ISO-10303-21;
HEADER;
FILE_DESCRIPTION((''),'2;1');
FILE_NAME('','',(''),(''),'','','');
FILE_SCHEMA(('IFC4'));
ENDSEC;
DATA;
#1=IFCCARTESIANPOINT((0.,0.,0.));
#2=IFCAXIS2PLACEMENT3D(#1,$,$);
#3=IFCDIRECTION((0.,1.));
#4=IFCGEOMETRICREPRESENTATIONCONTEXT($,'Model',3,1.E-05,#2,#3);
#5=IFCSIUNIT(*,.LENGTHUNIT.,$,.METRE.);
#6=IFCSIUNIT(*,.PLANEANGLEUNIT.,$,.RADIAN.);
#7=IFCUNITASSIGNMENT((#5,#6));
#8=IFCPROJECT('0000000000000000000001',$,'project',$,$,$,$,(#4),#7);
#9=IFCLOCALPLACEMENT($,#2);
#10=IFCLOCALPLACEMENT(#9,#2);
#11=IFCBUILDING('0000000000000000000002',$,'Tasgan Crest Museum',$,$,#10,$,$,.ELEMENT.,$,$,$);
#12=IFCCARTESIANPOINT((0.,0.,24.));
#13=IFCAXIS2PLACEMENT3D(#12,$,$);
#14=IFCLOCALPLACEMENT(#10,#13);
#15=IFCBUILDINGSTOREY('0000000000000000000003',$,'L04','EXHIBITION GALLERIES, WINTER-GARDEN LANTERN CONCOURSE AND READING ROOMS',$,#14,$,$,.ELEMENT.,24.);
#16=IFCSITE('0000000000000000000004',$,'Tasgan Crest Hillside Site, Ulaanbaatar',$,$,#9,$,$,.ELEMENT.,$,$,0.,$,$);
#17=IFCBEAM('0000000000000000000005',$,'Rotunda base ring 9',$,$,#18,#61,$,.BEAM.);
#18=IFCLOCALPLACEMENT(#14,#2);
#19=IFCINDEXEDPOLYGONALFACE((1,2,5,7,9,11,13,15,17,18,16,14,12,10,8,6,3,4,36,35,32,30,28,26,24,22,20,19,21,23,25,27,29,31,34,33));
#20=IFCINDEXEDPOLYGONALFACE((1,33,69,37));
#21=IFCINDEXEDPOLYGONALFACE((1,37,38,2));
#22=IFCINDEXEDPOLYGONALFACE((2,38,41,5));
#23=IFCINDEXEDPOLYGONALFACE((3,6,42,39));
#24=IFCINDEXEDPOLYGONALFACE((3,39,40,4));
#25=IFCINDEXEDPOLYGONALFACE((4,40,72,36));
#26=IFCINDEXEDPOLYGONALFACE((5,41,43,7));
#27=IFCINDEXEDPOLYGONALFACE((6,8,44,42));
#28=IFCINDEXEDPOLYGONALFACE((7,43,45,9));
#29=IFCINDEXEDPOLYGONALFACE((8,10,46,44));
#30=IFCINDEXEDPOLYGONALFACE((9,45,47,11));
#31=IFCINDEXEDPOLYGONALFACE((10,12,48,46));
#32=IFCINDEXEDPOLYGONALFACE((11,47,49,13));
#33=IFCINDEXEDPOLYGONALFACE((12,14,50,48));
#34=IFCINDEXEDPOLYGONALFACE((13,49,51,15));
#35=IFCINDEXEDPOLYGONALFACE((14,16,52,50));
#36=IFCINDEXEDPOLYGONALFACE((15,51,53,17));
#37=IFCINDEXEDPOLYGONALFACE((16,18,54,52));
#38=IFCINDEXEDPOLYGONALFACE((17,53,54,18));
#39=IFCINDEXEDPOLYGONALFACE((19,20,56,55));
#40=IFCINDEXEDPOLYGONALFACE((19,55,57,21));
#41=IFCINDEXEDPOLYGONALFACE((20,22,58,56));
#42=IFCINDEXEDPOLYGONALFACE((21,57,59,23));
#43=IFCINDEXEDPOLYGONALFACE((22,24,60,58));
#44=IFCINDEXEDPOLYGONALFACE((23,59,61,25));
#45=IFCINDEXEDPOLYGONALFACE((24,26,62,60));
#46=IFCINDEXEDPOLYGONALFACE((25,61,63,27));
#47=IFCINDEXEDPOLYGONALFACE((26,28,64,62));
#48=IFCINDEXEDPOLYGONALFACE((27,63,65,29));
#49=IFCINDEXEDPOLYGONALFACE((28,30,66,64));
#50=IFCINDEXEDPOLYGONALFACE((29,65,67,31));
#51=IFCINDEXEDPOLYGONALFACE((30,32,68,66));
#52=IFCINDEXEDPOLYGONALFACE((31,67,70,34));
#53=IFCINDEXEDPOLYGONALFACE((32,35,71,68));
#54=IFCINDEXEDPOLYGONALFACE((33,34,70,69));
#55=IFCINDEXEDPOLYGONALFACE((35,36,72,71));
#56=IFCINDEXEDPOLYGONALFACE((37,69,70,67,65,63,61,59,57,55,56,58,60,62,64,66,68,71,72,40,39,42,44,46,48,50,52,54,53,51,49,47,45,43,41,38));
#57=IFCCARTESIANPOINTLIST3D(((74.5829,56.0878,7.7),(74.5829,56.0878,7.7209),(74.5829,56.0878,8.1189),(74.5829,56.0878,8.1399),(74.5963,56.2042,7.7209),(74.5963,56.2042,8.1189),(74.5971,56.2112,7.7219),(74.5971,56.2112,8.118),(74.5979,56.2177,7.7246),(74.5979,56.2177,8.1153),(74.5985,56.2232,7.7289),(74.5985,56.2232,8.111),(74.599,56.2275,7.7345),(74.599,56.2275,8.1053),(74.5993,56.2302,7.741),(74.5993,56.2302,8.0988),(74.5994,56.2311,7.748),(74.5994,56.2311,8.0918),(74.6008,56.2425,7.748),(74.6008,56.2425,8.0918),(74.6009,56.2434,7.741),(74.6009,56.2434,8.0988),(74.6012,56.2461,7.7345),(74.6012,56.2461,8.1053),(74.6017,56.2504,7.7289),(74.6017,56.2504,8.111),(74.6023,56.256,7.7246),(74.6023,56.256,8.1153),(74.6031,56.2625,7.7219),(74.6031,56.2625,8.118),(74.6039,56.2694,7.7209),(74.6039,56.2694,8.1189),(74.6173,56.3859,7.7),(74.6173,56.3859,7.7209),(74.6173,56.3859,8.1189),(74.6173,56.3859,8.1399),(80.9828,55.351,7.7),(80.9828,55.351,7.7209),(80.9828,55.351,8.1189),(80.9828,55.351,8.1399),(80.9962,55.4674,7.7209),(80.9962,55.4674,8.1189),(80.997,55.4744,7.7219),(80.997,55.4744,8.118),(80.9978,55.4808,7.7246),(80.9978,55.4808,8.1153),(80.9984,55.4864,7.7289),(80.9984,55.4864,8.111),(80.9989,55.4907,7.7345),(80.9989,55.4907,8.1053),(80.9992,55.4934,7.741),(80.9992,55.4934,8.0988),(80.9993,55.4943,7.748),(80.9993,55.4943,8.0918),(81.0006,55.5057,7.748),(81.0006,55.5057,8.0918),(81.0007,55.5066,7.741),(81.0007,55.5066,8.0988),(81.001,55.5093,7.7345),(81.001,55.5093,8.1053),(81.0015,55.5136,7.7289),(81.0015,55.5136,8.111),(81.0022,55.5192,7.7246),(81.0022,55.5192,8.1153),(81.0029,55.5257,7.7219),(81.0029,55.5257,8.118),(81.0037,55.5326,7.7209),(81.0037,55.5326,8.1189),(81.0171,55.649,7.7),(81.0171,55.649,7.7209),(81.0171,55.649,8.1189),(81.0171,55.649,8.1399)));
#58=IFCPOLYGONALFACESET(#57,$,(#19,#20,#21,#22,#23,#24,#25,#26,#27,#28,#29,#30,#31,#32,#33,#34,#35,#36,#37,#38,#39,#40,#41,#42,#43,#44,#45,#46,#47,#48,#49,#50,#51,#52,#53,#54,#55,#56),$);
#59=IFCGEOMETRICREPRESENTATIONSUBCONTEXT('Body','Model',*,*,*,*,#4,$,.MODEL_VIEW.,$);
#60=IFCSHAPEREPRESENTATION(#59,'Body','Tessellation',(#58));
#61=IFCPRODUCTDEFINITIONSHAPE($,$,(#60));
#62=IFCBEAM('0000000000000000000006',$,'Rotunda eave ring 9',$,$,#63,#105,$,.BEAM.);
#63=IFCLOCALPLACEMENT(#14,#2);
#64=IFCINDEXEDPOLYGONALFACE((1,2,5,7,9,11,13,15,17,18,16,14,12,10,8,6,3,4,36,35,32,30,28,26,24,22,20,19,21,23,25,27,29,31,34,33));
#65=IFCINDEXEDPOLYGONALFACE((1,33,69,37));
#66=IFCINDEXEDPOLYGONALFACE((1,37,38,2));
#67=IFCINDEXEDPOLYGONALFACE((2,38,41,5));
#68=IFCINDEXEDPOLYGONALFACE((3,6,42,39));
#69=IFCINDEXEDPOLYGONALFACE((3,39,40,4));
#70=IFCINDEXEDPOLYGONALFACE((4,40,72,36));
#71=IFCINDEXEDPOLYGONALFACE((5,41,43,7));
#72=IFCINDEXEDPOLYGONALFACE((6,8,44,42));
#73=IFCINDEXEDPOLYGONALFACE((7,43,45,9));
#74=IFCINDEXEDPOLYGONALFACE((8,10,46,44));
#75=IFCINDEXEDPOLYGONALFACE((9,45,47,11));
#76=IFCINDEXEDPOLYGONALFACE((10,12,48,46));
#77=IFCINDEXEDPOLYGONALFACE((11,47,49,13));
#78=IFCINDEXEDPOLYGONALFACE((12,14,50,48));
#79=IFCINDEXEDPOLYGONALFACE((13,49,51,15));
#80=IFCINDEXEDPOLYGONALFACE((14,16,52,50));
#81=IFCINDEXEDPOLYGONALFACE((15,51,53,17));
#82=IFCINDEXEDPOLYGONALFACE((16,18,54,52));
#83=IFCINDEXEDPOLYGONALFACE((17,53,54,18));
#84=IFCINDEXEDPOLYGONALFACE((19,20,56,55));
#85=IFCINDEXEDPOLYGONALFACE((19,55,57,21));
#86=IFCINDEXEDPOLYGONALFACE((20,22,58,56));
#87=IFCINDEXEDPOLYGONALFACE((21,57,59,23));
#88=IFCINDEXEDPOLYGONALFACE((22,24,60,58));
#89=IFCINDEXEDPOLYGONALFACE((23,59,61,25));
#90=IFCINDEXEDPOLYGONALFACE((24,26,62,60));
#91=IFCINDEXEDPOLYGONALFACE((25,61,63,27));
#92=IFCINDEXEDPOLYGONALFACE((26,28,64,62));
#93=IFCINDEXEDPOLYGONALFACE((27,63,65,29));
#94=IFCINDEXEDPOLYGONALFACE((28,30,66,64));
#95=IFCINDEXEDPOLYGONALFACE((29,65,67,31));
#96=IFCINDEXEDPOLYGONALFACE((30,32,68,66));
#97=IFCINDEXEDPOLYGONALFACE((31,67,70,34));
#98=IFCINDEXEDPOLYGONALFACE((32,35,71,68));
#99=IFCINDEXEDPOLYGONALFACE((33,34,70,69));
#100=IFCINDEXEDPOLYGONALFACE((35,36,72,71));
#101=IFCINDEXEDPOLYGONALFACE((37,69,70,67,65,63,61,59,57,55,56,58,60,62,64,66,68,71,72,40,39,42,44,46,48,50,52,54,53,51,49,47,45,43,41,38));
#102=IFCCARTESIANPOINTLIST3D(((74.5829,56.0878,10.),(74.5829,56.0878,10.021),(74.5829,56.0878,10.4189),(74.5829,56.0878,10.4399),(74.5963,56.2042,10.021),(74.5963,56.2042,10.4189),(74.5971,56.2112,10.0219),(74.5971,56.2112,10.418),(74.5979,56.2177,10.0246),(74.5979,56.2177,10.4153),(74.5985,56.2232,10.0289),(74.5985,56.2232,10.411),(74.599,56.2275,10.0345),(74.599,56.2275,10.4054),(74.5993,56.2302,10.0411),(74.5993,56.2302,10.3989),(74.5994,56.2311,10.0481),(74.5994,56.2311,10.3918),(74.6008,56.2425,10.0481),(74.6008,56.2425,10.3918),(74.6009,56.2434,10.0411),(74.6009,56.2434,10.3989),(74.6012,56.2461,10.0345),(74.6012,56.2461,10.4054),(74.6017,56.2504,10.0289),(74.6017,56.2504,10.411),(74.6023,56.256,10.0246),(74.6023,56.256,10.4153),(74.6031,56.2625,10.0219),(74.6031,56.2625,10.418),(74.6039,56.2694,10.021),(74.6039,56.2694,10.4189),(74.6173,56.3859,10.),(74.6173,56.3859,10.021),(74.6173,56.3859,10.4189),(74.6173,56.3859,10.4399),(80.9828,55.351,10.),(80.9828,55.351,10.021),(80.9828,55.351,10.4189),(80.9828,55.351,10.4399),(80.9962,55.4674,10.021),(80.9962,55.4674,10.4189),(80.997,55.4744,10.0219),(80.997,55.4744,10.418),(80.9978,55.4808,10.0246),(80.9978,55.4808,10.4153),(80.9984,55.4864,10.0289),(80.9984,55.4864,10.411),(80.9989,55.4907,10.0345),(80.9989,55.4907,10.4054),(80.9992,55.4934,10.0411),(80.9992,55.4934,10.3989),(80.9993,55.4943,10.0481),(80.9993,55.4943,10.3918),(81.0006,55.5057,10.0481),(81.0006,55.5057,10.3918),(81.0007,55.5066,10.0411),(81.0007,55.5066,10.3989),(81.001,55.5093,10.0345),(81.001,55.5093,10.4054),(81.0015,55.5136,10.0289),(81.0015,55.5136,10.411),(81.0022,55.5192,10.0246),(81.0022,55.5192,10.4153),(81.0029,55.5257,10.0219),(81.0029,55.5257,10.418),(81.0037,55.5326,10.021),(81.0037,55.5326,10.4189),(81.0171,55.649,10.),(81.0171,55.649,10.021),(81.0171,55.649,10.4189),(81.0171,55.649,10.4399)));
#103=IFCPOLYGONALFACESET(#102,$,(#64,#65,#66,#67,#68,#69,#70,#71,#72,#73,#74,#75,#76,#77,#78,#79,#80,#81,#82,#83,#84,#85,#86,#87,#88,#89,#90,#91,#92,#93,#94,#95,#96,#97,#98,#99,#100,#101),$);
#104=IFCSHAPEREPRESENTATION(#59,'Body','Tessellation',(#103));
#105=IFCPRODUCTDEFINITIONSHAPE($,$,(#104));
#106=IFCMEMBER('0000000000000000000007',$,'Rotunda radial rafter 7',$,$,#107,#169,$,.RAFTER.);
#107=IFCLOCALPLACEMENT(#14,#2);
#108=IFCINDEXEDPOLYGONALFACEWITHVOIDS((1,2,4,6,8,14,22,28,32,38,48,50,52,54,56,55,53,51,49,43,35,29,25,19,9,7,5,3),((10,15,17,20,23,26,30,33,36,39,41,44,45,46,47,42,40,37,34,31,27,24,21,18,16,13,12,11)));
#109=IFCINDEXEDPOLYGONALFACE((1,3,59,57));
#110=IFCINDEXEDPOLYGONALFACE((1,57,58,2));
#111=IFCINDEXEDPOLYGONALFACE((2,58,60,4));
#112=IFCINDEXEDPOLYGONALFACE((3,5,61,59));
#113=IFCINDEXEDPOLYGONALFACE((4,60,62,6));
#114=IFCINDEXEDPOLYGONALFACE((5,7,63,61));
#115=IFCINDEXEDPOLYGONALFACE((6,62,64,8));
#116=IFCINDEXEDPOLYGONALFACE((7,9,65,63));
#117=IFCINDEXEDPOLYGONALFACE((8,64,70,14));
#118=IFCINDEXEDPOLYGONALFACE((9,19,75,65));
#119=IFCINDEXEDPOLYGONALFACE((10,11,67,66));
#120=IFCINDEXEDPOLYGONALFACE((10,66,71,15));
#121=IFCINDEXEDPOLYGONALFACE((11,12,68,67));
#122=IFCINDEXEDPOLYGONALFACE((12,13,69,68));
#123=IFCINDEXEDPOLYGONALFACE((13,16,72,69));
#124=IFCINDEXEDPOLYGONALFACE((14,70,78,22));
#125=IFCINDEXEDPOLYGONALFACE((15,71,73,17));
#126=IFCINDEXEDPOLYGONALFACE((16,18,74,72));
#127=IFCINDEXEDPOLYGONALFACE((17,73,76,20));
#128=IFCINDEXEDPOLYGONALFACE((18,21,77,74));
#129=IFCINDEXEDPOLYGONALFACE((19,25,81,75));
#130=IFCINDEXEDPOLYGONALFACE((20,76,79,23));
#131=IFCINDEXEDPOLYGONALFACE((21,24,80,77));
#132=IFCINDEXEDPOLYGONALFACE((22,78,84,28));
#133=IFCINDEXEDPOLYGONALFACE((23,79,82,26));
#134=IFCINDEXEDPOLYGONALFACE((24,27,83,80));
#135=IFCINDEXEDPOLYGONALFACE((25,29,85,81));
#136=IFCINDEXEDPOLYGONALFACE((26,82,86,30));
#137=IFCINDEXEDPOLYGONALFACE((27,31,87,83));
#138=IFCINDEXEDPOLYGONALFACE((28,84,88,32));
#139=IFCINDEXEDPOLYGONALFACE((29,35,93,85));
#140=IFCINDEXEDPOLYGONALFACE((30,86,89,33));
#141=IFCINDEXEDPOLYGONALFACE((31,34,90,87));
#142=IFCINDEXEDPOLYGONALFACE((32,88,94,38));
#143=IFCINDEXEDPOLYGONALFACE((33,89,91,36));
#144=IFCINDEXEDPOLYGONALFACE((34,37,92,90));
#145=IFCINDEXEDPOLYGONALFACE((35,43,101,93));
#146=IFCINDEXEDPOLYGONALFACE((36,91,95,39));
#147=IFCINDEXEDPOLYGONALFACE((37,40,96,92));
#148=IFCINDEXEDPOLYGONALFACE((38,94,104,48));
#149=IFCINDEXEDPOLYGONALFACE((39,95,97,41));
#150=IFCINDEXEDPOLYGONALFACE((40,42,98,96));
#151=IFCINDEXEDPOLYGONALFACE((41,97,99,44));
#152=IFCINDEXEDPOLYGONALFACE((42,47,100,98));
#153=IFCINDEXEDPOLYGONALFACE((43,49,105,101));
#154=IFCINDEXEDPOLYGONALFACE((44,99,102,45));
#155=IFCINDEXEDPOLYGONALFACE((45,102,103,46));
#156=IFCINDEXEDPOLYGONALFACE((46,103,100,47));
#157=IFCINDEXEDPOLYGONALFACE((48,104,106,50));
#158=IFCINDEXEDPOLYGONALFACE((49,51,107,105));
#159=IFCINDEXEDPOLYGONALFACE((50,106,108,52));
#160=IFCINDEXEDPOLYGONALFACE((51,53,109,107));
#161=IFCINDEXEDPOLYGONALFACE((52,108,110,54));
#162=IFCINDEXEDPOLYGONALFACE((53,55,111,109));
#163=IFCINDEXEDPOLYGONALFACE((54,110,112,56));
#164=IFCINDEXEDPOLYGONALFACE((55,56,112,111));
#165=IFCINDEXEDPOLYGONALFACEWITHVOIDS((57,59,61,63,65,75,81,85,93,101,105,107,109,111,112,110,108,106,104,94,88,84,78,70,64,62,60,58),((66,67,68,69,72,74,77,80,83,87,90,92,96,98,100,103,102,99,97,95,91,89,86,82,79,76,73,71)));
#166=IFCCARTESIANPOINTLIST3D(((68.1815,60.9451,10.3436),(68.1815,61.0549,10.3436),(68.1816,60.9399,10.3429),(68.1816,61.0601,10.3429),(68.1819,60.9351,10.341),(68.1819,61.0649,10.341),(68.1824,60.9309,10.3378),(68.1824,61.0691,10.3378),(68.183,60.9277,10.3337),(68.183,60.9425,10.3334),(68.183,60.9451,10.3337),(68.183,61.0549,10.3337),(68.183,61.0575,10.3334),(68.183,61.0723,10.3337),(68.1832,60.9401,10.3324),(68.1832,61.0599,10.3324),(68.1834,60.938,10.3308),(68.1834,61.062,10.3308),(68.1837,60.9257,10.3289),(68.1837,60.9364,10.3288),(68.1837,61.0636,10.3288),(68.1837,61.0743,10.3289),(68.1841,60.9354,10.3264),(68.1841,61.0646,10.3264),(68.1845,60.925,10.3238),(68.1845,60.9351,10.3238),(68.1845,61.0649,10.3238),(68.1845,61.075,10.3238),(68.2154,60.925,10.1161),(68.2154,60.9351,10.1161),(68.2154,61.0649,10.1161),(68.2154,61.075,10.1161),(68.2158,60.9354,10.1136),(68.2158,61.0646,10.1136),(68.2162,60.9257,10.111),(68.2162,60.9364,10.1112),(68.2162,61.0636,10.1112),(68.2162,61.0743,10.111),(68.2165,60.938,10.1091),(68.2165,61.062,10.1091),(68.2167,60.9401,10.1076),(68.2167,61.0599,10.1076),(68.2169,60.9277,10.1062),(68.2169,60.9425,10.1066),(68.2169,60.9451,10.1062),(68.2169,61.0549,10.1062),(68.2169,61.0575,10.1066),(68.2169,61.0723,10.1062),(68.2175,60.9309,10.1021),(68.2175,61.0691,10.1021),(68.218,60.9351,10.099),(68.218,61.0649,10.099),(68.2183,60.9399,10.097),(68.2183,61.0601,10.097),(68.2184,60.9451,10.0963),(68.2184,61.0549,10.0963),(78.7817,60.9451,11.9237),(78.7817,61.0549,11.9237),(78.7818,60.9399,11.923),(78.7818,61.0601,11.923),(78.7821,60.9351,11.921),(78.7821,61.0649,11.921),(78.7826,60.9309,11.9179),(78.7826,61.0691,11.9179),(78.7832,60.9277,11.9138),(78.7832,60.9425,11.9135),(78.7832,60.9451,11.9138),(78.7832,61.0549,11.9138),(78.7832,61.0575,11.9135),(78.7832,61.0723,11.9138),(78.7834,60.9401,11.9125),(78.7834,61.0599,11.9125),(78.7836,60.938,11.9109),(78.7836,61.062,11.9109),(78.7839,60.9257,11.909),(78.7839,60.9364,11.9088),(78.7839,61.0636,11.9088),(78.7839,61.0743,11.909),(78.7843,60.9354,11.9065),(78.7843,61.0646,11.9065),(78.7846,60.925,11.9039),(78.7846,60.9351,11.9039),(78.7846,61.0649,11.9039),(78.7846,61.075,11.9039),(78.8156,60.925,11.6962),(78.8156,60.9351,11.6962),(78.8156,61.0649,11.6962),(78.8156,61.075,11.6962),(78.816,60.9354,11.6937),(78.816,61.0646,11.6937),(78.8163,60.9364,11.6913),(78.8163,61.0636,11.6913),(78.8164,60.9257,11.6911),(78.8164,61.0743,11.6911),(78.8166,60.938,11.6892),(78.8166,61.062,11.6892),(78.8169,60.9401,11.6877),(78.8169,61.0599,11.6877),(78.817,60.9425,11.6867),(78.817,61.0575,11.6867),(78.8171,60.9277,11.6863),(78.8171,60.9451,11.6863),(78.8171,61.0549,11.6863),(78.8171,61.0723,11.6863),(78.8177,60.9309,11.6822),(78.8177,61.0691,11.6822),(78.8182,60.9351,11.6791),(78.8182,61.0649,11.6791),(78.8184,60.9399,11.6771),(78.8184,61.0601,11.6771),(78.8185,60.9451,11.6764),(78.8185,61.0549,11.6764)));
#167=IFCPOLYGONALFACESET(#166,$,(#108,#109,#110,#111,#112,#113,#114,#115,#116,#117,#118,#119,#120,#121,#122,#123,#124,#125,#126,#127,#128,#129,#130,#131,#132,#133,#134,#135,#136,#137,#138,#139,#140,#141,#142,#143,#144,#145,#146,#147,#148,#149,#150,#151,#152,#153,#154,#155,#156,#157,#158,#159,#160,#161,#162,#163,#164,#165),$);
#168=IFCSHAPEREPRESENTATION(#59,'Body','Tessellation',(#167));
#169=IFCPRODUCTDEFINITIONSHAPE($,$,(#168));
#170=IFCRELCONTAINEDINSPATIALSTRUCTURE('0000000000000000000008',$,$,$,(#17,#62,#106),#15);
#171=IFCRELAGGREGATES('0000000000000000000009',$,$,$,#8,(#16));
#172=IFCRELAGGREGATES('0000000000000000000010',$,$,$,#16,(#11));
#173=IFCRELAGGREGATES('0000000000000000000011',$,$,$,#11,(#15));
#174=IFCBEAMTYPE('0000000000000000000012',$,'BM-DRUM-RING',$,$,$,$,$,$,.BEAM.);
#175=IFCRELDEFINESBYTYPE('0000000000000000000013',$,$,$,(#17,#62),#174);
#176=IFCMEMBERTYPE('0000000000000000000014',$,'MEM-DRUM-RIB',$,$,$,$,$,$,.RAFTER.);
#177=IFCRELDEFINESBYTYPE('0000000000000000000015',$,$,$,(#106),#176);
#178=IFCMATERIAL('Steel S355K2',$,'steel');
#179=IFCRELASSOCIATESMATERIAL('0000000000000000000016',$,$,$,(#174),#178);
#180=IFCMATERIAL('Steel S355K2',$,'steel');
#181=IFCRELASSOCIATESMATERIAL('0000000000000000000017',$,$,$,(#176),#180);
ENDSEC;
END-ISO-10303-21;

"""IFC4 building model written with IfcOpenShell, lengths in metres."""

from ifc_helpers import new_model, si_unit, direction, frame, origin, origin_2d, place, context, subcontext, project, spatial, hollow_rectangle, i_section, extrude, material, material_profile, profile_set, type_object, element, save


model = new_model("IFC4")

# Units and contexts
model_context = context("Model", 3, precision=1e-05, world=origin(), true_north=direction((0.0, 1.0)))
body_context = subcontext(model_context, "Body", "Model", "MODEL_VIEW")
ifc_project = project(units=[si_unit("LENGTHUNIT", "METRE"), si_unit("PLANEANGLEUNIT", "RADIAN")], contexts=[model_context])

# Site, building, storey
site_placement = place(None, origin())
site = spatial("IfcSite", under=ifc_project, at=site_placement, Name="Tasgan Crest Hillside Site, Ulaanbaatar", CompositionType="ELEMENT", RefElevation=0.0)
building_placement = place(site_placement, origin())
building = spatial("IfcBuilding", under=site, at=building_placement, Name="Tasgan Crest Museum", CompositionType="ELEMENT")
storey_placement = place(building_placement, frame((0.0, 0.0, 24.0)))
storey = spatial("IfcBuildingStorey", under=building, at=storey_placement, Name="L04", Description="EXHIBITION GALLERIES, WINTER-GARDEN LANTERN CONCOURSE AND READING ROOMS", CompositionType="ELEMENT", Elevation=24.0)

# Beams
ifc_material_1 = material(Name="Steel S355K2", Category="steel")
ifc_material_profile_1 = material_profile(ifc_material_1, i_section(OverallWidth=0.3, OverallDepth=0.4399, WebThickness=0.0115, FlangeThickness=0.021, FilletRadius=0.0271, at=origin_2d()), Name="HEA 450")
ifc_profile_set_1 = profile_set([ifc_material_profile_1], Name="Steel S355K2")
beam_type = type_object("IfcBeamType", Name="BM-DRUM-RING", PredefinedType="BEAM", material=ifc_profile_set_1)
for number, where, z_axis, x_axis, name in (
    (1, (74.6001, 56.2368, 7.9199), (0.993438, -0.114374, 0.0), (0.114374, 0.993438, 0.0), "Rotunda base ring 9"),
    (2, (74.6001, 56.2368, 10.22), (0.993438, -0.114374, 0.0), (0.114374, 0.993438, 0.0), "Rotunda eave ring 9"),
):
    element("IfcBeam", number, at=place(storey_placement, frame(where, z_axis=z_axis, x_axis=x_axis)), inside=storey, type_object=beam_type, Name=name, PredefinedType="BEAM", context=body_context, shape_type="SweptSolid", body=[
        extrude(i_section(OverallWidth=0.3, OverallDepth=0.4399, WebThickness=0.0115, FlangeThickness=0.021, FilletRadius=0.0271, at=origin_2d()), origin(), (0.0, 0.0, 1.0), 6.4421),
    ])

# Member
ifc_material_2 = material(Name="Steel S355K2", Category="steel")
ifc_material_profile_2 = material_profile(ifc_material_2, hollow_rectangle(XDim=0.1499, YDim=0.25, WallThickness=0.01, InnerFilletRadius=0.01, OuterFilletRadius=0.02, at=origin_2d()), Name="RHS 250x150x10")
ifc_profile_set_2 = profile_set([ifc_material_profile_2], Name="Steel S355K2")
member_type_1 = type_object("IfcMemberType", Name="MEM-DRUM-RIB", PredefinedType="RAFTER", material=ifc_profile_set_2)
member_1_placement = place(storey_placement, frame((68.2, 61.0, 10.22), z_axis=(0.989072, 0.0, 0.147434), x_axis=(0.0, 1.0, 0.0)))
element("IfcMember", 3, at=member_1_placement, inside=storey, type_object=member_type_1, Name="Rotunda radial rafter 7", PredefinedType="RAFTER", context=body_context, shape_type="SweptSolid", body=[
    extrude(hollow_rectangle(XDim=0.1499, YDim=0.25, WallThickness=0.01, InnerFilletRadius=0.01, OuterFilletRadius=0.02, at=origin_2d()), origin(), (0.0, 0.0, 1.0), 10.7173),
])

save(model, "model.ifc")
